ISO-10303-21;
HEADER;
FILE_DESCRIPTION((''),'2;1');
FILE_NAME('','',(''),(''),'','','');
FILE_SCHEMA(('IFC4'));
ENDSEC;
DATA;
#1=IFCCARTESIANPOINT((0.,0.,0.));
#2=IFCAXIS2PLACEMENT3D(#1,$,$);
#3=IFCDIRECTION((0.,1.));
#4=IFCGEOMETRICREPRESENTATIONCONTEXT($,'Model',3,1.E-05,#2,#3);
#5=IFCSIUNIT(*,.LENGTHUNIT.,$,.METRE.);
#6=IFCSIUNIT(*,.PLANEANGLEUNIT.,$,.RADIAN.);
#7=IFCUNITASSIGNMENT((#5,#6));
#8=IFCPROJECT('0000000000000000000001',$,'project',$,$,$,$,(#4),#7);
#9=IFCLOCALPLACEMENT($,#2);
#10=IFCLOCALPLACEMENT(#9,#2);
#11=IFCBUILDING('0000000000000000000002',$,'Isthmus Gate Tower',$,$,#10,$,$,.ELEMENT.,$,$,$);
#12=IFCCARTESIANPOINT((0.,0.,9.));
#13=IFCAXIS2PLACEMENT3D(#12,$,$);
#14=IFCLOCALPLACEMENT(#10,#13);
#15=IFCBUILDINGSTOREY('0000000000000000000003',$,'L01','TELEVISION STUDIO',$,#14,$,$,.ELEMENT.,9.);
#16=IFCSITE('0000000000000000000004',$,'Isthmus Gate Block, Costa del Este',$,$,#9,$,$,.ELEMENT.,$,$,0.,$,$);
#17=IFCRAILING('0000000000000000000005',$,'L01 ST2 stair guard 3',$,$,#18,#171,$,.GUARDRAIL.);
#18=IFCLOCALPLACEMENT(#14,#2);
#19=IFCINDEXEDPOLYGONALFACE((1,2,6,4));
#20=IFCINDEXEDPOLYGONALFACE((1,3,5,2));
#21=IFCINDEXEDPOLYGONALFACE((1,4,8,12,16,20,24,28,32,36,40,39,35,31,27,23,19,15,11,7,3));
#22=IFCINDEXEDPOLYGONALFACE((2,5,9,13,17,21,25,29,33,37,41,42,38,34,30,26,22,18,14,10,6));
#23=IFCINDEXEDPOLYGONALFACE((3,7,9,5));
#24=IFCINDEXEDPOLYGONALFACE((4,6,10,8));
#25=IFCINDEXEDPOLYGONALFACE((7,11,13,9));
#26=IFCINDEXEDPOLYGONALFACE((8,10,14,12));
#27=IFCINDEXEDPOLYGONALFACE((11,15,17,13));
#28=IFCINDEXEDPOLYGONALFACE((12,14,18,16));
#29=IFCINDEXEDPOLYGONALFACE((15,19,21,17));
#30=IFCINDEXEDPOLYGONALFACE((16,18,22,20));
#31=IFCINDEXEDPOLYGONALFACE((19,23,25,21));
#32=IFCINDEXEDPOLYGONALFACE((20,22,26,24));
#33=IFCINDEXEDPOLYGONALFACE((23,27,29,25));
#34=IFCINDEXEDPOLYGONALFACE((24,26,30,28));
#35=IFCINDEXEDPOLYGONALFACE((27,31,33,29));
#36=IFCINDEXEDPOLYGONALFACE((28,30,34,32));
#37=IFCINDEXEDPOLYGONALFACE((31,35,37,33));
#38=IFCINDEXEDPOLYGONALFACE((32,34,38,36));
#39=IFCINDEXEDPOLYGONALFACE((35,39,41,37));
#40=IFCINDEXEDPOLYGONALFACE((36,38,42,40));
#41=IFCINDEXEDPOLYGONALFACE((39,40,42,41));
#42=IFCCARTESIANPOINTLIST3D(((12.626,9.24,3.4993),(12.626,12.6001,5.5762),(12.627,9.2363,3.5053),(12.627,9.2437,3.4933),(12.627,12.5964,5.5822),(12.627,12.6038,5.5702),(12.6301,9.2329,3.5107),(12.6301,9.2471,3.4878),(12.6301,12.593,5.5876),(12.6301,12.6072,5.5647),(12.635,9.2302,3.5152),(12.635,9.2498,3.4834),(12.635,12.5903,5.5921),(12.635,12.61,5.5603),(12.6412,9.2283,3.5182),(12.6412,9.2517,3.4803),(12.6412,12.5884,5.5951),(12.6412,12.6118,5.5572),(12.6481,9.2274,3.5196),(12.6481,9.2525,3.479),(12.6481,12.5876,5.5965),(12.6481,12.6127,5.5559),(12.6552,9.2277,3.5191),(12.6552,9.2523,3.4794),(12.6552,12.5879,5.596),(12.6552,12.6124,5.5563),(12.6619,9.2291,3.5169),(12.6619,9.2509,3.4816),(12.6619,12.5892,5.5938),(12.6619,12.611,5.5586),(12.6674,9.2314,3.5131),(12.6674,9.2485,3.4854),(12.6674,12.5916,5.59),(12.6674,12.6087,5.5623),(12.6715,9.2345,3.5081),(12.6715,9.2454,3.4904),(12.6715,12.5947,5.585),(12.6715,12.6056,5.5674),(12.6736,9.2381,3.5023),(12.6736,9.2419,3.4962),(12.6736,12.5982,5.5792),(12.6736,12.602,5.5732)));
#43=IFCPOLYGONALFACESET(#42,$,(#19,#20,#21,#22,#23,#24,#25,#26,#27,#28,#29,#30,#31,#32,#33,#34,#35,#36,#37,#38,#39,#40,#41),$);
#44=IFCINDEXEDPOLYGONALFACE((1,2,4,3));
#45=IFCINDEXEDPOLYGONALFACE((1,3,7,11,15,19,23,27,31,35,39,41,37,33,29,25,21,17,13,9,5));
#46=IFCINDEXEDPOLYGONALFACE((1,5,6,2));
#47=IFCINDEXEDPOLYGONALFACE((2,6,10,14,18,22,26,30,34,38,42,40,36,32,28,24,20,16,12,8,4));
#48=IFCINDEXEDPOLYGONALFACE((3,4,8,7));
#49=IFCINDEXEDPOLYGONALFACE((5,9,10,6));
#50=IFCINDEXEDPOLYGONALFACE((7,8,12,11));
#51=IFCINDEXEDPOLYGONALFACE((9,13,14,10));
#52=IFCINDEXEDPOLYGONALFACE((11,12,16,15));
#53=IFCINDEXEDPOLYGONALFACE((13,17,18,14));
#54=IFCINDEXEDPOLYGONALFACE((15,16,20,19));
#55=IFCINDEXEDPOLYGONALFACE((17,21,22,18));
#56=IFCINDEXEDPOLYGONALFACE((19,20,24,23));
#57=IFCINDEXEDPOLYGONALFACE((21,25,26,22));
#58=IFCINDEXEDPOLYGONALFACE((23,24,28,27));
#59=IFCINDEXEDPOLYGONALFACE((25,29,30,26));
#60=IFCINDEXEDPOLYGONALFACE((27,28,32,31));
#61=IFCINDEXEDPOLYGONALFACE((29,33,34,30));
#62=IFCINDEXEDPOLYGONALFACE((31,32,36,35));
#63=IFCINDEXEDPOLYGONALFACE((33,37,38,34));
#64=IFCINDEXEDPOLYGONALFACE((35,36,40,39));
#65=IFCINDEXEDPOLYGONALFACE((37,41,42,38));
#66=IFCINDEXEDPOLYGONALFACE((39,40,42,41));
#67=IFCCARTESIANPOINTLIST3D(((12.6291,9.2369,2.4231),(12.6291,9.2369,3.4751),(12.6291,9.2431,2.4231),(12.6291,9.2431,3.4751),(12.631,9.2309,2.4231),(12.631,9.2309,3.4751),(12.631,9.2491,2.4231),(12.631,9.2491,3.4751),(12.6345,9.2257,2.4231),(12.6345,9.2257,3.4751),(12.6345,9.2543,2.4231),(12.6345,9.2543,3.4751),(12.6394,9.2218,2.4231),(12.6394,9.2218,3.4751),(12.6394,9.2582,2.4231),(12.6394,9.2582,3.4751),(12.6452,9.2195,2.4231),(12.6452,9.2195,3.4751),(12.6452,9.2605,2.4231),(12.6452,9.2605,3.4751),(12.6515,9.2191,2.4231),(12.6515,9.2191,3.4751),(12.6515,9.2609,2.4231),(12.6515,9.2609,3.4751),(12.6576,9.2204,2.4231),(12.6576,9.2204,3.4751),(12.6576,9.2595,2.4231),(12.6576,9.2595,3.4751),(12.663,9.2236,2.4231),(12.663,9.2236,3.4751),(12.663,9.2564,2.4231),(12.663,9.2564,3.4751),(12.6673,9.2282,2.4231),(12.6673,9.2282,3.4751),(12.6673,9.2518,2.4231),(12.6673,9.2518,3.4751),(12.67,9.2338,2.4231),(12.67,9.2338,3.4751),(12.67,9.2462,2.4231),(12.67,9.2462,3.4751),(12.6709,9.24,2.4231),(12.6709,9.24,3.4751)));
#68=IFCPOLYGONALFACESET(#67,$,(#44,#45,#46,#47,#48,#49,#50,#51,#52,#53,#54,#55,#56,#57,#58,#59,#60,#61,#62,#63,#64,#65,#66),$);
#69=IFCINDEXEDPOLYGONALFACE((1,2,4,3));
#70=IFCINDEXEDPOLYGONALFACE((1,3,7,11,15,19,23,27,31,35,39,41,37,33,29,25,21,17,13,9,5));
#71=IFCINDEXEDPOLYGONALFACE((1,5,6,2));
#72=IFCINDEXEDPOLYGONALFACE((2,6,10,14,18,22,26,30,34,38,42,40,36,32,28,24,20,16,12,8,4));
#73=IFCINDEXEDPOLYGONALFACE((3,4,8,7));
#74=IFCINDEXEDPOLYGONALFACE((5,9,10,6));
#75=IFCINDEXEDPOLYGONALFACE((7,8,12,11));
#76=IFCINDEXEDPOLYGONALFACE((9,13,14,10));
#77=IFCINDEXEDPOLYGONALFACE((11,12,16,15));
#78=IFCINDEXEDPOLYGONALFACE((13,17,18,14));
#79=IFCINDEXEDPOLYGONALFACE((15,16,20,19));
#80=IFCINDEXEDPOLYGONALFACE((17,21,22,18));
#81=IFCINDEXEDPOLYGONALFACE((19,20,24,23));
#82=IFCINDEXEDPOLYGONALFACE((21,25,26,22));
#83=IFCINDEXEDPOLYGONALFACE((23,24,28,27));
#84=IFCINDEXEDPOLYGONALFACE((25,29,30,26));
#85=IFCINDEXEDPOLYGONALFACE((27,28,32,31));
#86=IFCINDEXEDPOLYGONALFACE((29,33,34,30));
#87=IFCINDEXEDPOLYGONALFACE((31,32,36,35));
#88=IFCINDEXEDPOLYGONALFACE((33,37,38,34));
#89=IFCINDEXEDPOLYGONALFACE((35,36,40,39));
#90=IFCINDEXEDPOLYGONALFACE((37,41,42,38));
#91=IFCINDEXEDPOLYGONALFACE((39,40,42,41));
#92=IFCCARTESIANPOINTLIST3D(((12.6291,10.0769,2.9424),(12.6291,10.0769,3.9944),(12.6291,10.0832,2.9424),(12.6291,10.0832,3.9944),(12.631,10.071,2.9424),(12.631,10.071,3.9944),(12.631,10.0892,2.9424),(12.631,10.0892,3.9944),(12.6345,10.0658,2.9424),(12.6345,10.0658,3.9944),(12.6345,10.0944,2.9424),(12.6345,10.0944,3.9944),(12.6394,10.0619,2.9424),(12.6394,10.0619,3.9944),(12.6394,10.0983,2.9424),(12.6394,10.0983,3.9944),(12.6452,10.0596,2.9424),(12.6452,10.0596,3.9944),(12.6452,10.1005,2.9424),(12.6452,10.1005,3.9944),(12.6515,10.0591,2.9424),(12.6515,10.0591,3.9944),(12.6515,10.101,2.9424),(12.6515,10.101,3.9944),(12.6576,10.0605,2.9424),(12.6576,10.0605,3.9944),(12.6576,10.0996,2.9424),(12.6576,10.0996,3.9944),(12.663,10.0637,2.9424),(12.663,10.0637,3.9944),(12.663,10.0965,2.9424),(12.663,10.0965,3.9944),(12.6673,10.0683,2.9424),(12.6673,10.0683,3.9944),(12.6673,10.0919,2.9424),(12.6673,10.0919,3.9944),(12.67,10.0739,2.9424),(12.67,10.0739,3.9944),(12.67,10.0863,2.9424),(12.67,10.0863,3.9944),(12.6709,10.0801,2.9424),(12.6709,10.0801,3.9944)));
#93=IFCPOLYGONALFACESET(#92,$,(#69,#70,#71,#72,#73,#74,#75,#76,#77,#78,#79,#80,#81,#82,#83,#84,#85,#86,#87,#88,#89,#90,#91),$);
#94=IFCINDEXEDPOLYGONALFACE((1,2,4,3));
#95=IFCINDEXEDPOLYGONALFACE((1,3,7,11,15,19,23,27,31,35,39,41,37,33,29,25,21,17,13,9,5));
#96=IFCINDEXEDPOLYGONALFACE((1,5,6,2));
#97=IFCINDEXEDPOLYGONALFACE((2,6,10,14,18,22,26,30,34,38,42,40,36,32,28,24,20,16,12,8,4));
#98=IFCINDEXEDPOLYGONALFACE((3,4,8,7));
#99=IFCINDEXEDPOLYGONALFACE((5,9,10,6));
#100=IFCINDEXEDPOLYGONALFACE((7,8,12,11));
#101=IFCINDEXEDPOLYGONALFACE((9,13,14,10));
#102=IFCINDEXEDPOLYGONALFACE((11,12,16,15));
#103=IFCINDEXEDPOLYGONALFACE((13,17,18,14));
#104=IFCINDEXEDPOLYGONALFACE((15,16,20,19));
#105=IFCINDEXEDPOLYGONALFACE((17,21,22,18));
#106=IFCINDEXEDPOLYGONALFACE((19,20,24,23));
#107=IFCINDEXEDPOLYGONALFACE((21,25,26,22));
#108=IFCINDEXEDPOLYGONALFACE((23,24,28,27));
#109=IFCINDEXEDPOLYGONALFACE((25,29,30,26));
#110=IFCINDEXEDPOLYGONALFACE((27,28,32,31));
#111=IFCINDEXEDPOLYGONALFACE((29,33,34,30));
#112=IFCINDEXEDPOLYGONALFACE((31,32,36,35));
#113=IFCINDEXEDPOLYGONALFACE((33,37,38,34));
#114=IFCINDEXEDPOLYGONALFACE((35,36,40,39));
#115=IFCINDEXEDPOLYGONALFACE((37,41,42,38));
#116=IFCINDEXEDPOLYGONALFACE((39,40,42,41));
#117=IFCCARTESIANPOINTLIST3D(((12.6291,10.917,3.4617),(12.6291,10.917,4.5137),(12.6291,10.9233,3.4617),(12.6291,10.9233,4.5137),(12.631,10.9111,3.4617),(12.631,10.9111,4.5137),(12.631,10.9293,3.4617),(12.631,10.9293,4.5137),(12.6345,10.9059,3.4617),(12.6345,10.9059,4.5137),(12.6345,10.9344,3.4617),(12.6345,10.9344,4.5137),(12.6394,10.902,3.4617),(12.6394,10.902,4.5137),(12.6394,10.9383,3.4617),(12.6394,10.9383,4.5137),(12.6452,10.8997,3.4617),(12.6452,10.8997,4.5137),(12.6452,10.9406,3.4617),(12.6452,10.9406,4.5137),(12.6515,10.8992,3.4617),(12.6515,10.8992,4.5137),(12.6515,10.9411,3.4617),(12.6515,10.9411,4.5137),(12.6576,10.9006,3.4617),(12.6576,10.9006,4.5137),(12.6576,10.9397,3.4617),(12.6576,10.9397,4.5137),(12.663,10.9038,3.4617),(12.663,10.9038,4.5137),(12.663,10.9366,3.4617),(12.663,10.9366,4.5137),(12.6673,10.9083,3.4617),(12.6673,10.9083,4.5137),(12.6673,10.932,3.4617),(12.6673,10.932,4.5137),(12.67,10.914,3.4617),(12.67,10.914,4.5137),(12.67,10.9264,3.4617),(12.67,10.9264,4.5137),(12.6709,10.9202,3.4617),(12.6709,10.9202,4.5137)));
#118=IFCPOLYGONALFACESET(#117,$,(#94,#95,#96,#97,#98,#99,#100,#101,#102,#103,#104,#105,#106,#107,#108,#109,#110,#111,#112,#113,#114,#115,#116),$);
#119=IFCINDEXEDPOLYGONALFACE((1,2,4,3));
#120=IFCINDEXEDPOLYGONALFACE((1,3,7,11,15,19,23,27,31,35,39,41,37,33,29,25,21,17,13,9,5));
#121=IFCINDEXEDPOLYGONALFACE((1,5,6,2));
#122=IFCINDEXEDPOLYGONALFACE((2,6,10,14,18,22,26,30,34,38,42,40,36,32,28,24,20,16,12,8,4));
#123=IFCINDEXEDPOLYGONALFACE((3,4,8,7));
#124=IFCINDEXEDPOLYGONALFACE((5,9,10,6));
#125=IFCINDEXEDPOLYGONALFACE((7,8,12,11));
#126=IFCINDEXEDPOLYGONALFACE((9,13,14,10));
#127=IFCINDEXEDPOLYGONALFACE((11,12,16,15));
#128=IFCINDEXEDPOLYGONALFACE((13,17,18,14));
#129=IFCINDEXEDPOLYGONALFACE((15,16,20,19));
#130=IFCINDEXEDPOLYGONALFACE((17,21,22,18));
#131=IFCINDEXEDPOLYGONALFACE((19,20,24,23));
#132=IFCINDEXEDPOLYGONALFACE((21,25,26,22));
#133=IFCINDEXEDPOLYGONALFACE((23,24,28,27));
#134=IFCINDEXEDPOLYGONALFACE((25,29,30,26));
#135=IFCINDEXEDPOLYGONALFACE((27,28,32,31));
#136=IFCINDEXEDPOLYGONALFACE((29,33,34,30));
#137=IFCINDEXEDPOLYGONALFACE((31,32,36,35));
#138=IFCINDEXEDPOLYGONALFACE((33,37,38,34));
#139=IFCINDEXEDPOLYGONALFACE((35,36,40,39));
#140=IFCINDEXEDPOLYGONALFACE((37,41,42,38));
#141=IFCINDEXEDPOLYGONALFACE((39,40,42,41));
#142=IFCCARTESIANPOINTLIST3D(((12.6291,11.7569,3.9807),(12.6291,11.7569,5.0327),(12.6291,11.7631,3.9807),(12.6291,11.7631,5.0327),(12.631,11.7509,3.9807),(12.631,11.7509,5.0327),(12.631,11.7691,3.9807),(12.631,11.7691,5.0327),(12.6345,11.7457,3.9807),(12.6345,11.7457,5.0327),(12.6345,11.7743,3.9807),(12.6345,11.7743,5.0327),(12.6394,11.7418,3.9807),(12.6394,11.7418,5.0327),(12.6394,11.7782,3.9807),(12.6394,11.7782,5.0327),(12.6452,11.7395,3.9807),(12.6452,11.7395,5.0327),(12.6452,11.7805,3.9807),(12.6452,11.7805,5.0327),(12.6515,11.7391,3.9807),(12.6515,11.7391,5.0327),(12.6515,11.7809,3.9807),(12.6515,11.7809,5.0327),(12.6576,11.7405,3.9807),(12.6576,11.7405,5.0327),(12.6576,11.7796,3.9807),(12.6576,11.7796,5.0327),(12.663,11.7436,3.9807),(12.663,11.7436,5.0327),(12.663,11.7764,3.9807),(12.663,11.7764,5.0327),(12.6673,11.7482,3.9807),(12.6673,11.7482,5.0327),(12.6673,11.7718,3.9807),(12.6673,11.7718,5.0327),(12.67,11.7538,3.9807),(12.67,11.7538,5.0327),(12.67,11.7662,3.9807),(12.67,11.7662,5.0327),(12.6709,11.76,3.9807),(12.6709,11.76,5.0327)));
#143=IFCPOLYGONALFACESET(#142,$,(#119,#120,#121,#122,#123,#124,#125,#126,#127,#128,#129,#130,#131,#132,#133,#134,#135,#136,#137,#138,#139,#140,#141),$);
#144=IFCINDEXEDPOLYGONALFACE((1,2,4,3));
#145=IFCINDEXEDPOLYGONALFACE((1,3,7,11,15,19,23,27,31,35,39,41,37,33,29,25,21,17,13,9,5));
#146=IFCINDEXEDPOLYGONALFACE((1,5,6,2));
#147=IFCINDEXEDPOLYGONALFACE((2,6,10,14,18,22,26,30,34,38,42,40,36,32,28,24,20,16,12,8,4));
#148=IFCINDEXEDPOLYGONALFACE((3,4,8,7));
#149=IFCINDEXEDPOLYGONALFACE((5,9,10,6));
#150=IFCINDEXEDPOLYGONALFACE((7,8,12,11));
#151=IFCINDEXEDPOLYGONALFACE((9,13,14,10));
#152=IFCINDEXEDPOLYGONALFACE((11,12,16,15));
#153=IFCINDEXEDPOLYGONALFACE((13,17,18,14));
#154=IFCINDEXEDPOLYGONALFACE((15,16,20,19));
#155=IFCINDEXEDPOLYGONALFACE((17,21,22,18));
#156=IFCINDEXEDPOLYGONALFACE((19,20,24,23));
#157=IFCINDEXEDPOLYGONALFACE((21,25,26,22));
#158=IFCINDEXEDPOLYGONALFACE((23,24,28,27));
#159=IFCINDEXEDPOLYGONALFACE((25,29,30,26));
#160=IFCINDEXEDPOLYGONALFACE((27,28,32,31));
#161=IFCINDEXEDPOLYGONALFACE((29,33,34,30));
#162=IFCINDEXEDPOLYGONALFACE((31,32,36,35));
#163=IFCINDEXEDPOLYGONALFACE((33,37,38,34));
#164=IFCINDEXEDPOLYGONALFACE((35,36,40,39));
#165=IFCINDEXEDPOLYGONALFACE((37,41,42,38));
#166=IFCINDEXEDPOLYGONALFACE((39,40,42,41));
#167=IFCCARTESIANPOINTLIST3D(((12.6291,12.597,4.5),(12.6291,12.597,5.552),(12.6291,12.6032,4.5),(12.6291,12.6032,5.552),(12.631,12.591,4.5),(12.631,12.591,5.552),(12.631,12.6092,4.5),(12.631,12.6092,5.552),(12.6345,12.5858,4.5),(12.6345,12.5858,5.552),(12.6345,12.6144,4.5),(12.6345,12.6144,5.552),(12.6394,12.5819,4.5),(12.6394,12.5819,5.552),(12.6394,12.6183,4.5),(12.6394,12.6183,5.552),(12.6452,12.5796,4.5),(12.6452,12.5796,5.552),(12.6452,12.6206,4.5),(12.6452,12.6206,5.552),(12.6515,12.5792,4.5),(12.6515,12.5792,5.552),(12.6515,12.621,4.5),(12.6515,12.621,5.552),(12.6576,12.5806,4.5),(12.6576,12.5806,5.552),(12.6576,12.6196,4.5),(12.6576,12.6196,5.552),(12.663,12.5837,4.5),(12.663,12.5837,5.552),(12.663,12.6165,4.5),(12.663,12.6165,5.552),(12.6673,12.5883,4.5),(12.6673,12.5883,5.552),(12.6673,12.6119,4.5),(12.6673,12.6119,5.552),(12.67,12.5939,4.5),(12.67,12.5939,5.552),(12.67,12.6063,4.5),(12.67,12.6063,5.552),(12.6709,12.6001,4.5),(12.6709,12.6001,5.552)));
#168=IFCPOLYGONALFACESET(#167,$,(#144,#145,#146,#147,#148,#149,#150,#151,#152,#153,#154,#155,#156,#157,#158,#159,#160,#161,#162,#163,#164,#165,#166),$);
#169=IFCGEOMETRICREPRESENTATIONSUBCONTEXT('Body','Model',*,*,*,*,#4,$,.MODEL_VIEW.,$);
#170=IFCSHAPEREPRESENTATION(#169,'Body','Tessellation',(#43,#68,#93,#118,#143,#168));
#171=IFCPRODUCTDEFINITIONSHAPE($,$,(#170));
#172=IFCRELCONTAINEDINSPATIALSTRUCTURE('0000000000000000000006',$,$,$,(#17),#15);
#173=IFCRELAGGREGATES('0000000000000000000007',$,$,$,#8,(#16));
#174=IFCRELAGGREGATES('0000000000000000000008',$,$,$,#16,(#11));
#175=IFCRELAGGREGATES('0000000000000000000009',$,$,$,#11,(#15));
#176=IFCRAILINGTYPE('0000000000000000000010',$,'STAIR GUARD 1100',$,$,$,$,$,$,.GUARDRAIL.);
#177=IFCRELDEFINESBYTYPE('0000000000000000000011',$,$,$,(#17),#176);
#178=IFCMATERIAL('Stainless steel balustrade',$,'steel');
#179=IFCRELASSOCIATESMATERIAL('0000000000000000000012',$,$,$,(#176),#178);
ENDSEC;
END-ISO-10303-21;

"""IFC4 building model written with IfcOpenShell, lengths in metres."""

from ifc_helpers import new_model, si_unit, direction, frame, origin, origin_2d, place, context, subcontext, project, spatial, circle, extrude, material, type_object, element, save


model = new_model("IFC4")

# Units and contexts
model_context = context("Model", 3, precision=1e-05, world=origin(), true_north=direction((0.0, 1.0)))
body_context = subcontext(model_context, "Body", "Model", "MODEL_VIEW")
ifc_project = project(units=[si_unit("LENGTHUNIT", "METRE"), si_unit("PLANEANGLEUNIT", "RADIAN")], contexts=[model_context])

# Site, building, storey
site_placement = place(None, origin())
site = spatial("IfcSite", under=ifc_project, at=site_placement, Name="Isthmus Gate Block, Costa del Este", CompositionType="ELEMENT", RefElevation=0.0)
building_placement = place(site_placement, origin())
building = spatial("IfcBuilding", under=site, at=building_placement, Name="Isthmus Gate Tower", CompositionType="ELEMENT")
storey_placement = place(building_placement, frame((0.0, 0.0, 9.0)))
storey = spatial("IfcBuildingStorey", under=building, at=storey_placement, Name="L01", Description="TELEVISION STUDIO", CompositionType="ELEMENT", Elevation=9.0)

# Railing
ifc_material_1 = material(Name="Stainless steel balustrade", Category="steel")
railing_type_1 = type_object("IfcRailingType", Name="STAIR GUARD 1100", PredefinedType="GUARDRAIL", material=ifc_material_1)
railing_1_placement = place(storey_placement, frame((12.6499, 9.24, 2.4231)))
element("IfcRailing", 1, at=railing_1_placement, inside=storey, type_object=railing_type_1, Name="L01 ST2 stair guard 3", PredefinedType="GUARDRAIL", context=body_context, shape_type="SweptSolid", body=[
    extrude(circle(Radius=0.0239, at=origin_2d()), frame((0.0, 0.0, 1.0762), z_axis=(0.0, 0.850623, 0.525776), x_axis=(-1.0, 0.0, 0.0)), (0.0, 0.0, 1.0), 3.9502),
    extrude(circle(Radius=0.021, at=origin_2d()), origin(), (0.0, 0.0, 1.0), 1.052),
    extrude(circle(Radius=0.021, at=origin_2d()), frame((0.0, 0.8401, 0.5193)), (0.0, 0.0, 1.0), 1.052),
    extrude(circle(Radius=0.021, at=origin_2d()), frame((0.0, 1.6802, 1.0386)), (0.0, 0.0, 1.0), 1.052),
    extrude(circle(Radius=0.021, at=origin_2d()), frame((0.0, 2.52, 1.5576)), (0.0, 0.0, 1.0), 1.052),
    extrude(circle(Radius=0.021, at=origin_2d()), frame((0.0, 3.3601, 2.0769)), (0.0, 0.0, 1.0), 1.052),
])

save(model, "model.ifc")
